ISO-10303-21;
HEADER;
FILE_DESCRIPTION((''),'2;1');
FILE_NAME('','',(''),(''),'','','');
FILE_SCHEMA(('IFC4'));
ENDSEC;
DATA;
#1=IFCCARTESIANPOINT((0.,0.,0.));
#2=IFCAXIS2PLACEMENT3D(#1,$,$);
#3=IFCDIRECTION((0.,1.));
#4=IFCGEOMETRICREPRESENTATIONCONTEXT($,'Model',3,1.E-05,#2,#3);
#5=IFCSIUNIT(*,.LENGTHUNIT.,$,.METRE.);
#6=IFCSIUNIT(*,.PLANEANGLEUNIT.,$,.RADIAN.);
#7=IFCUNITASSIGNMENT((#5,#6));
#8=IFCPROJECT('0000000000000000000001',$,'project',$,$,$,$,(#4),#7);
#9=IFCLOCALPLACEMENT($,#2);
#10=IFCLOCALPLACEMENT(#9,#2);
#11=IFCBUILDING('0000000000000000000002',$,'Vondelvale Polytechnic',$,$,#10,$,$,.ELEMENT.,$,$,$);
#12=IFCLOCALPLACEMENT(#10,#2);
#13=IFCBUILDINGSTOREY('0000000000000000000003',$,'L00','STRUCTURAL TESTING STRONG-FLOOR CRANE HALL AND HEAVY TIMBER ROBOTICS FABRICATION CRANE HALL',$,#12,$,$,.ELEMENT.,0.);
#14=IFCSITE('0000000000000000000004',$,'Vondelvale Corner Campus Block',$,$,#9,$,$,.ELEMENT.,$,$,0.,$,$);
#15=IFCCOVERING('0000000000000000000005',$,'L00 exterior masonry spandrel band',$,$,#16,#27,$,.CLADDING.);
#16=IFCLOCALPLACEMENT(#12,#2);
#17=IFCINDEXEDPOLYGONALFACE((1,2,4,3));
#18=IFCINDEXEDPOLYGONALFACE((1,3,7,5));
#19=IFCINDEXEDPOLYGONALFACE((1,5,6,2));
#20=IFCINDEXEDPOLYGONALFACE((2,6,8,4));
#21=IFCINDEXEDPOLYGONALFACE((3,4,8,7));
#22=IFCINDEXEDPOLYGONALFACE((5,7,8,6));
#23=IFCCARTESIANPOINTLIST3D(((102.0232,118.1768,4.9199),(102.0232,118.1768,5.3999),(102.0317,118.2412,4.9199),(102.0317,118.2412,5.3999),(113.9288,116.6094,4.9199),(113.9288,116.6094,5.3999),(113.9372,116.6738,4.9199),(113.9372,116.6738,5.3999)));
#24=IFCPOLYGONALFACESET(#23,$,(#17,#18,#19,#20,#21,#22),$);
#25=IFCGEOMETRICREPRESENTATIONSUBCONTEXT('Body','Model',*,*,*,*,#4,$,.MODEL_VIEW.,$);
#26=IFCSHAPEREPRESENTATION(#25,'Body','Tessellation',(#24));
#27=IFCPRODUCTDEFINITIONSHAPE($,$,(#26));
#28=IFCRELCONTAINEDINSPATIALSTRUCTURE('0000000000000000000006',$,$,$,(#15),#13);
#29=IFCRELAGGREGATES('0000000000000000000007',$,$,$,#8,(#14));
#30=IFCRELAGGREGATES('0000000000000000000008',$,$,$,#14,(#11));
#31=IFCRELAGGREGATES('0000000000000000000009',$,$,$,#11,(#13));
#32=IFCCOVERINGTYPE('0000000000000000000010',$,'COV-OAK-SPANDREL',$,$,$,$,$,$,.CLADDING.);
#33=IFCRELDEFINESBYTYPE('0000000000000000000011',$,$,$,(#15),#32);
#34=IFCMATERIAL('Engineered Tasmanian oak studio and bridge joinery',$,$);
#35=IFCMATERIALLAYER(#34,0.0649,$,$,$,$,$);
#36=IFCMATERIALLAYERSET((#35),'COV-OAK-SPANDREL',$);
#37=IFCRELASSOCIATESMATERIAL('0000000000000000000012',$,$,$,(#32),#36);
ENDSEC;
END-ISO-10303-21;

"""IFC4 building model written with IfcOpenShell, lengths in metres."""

from ifc_helpers import new_model, si_unit, direction, frame, origin, origin_2d, place, context, subcontext, project, spatial, rectangle, extrude, material, layer, layer_set, type_object, element, save


model = new_model("IFC4")

# Units and contexts
model_context = context("Model", 3, precision=1e-05, world=origin(), true_north=direction((0.0, 1.0)))
body_context = subcontext(model_context, "Body", "Model", "MODEL_VIEW")
ifc_project = project(units=[si_unit("LENGTHUNIT", "METRE"), si_unit("PLANEANGLEUNIT", "RADIAN")], contexts=[model_context])

# Site, building, storey
site_placement = place(None, origin())
site = spatial("IfcSite", under=ifc_project, at=site_placement, Name="Vondelvale Corner Campus Block", CompositionType="ELEMENT", RefElevation=0.0)
building_placement = place(site_placement, origin())
building = spatial("IfcBuilding", under=site, at=building_placement, Name="Vondelvale Polytechnic", CompositionType="ELEMENT")
storey_placement = place(building_placement, origin())
storey = spatial("IfcBuildingStorey", under=building, at=storey_placement, Name="L00", Description="STRUCTURAL TESTING STRONG-FLOOR CRANE HALL AND HEAVY TIMBER ROBOTICS FABRICATION CRANE HALL", CompositionType="ELEMENT", Elevation=0.0)

# Shared definitions
ifc_material_1 = material(Name="Engineered Tasmanian oak studio and bridge joinery")

# Covering
ifc_layer_1 = layer(ifc_material_1, 0.0649)
ifc_layer_set_1 = layer_set([ifc_layer_1], Name="COV-OAK-SPANDREL")
covering_type = type_object("IfcCoveringType", Name="COV-OAK-SPANDREL", PredefinedType="CLADDING", material=ifc_layer_set_1)
covering_placement = place(storey_placement, frame((107.9802, 117.4253, 4.9199), z_axis=(0.0, 0.0, 1.0), x_axis=(-0.991445, 0.130526, 0.0)))
element("IfcCovering", 1, at=covering_placement, inside=storey, type_object=covering_type, Name="L00 exterior masonry spandrel band", PredefinedType="CLADDING", context=body_context, shape_type="SweptSolid", body=[
    extrude(rectangle(XDim=12.0083, YDim=0.0649, at=origin_2d()), origin(), (0.0, 0.0, 1.0), 0.48),
])

save(model, "model.ifc")
